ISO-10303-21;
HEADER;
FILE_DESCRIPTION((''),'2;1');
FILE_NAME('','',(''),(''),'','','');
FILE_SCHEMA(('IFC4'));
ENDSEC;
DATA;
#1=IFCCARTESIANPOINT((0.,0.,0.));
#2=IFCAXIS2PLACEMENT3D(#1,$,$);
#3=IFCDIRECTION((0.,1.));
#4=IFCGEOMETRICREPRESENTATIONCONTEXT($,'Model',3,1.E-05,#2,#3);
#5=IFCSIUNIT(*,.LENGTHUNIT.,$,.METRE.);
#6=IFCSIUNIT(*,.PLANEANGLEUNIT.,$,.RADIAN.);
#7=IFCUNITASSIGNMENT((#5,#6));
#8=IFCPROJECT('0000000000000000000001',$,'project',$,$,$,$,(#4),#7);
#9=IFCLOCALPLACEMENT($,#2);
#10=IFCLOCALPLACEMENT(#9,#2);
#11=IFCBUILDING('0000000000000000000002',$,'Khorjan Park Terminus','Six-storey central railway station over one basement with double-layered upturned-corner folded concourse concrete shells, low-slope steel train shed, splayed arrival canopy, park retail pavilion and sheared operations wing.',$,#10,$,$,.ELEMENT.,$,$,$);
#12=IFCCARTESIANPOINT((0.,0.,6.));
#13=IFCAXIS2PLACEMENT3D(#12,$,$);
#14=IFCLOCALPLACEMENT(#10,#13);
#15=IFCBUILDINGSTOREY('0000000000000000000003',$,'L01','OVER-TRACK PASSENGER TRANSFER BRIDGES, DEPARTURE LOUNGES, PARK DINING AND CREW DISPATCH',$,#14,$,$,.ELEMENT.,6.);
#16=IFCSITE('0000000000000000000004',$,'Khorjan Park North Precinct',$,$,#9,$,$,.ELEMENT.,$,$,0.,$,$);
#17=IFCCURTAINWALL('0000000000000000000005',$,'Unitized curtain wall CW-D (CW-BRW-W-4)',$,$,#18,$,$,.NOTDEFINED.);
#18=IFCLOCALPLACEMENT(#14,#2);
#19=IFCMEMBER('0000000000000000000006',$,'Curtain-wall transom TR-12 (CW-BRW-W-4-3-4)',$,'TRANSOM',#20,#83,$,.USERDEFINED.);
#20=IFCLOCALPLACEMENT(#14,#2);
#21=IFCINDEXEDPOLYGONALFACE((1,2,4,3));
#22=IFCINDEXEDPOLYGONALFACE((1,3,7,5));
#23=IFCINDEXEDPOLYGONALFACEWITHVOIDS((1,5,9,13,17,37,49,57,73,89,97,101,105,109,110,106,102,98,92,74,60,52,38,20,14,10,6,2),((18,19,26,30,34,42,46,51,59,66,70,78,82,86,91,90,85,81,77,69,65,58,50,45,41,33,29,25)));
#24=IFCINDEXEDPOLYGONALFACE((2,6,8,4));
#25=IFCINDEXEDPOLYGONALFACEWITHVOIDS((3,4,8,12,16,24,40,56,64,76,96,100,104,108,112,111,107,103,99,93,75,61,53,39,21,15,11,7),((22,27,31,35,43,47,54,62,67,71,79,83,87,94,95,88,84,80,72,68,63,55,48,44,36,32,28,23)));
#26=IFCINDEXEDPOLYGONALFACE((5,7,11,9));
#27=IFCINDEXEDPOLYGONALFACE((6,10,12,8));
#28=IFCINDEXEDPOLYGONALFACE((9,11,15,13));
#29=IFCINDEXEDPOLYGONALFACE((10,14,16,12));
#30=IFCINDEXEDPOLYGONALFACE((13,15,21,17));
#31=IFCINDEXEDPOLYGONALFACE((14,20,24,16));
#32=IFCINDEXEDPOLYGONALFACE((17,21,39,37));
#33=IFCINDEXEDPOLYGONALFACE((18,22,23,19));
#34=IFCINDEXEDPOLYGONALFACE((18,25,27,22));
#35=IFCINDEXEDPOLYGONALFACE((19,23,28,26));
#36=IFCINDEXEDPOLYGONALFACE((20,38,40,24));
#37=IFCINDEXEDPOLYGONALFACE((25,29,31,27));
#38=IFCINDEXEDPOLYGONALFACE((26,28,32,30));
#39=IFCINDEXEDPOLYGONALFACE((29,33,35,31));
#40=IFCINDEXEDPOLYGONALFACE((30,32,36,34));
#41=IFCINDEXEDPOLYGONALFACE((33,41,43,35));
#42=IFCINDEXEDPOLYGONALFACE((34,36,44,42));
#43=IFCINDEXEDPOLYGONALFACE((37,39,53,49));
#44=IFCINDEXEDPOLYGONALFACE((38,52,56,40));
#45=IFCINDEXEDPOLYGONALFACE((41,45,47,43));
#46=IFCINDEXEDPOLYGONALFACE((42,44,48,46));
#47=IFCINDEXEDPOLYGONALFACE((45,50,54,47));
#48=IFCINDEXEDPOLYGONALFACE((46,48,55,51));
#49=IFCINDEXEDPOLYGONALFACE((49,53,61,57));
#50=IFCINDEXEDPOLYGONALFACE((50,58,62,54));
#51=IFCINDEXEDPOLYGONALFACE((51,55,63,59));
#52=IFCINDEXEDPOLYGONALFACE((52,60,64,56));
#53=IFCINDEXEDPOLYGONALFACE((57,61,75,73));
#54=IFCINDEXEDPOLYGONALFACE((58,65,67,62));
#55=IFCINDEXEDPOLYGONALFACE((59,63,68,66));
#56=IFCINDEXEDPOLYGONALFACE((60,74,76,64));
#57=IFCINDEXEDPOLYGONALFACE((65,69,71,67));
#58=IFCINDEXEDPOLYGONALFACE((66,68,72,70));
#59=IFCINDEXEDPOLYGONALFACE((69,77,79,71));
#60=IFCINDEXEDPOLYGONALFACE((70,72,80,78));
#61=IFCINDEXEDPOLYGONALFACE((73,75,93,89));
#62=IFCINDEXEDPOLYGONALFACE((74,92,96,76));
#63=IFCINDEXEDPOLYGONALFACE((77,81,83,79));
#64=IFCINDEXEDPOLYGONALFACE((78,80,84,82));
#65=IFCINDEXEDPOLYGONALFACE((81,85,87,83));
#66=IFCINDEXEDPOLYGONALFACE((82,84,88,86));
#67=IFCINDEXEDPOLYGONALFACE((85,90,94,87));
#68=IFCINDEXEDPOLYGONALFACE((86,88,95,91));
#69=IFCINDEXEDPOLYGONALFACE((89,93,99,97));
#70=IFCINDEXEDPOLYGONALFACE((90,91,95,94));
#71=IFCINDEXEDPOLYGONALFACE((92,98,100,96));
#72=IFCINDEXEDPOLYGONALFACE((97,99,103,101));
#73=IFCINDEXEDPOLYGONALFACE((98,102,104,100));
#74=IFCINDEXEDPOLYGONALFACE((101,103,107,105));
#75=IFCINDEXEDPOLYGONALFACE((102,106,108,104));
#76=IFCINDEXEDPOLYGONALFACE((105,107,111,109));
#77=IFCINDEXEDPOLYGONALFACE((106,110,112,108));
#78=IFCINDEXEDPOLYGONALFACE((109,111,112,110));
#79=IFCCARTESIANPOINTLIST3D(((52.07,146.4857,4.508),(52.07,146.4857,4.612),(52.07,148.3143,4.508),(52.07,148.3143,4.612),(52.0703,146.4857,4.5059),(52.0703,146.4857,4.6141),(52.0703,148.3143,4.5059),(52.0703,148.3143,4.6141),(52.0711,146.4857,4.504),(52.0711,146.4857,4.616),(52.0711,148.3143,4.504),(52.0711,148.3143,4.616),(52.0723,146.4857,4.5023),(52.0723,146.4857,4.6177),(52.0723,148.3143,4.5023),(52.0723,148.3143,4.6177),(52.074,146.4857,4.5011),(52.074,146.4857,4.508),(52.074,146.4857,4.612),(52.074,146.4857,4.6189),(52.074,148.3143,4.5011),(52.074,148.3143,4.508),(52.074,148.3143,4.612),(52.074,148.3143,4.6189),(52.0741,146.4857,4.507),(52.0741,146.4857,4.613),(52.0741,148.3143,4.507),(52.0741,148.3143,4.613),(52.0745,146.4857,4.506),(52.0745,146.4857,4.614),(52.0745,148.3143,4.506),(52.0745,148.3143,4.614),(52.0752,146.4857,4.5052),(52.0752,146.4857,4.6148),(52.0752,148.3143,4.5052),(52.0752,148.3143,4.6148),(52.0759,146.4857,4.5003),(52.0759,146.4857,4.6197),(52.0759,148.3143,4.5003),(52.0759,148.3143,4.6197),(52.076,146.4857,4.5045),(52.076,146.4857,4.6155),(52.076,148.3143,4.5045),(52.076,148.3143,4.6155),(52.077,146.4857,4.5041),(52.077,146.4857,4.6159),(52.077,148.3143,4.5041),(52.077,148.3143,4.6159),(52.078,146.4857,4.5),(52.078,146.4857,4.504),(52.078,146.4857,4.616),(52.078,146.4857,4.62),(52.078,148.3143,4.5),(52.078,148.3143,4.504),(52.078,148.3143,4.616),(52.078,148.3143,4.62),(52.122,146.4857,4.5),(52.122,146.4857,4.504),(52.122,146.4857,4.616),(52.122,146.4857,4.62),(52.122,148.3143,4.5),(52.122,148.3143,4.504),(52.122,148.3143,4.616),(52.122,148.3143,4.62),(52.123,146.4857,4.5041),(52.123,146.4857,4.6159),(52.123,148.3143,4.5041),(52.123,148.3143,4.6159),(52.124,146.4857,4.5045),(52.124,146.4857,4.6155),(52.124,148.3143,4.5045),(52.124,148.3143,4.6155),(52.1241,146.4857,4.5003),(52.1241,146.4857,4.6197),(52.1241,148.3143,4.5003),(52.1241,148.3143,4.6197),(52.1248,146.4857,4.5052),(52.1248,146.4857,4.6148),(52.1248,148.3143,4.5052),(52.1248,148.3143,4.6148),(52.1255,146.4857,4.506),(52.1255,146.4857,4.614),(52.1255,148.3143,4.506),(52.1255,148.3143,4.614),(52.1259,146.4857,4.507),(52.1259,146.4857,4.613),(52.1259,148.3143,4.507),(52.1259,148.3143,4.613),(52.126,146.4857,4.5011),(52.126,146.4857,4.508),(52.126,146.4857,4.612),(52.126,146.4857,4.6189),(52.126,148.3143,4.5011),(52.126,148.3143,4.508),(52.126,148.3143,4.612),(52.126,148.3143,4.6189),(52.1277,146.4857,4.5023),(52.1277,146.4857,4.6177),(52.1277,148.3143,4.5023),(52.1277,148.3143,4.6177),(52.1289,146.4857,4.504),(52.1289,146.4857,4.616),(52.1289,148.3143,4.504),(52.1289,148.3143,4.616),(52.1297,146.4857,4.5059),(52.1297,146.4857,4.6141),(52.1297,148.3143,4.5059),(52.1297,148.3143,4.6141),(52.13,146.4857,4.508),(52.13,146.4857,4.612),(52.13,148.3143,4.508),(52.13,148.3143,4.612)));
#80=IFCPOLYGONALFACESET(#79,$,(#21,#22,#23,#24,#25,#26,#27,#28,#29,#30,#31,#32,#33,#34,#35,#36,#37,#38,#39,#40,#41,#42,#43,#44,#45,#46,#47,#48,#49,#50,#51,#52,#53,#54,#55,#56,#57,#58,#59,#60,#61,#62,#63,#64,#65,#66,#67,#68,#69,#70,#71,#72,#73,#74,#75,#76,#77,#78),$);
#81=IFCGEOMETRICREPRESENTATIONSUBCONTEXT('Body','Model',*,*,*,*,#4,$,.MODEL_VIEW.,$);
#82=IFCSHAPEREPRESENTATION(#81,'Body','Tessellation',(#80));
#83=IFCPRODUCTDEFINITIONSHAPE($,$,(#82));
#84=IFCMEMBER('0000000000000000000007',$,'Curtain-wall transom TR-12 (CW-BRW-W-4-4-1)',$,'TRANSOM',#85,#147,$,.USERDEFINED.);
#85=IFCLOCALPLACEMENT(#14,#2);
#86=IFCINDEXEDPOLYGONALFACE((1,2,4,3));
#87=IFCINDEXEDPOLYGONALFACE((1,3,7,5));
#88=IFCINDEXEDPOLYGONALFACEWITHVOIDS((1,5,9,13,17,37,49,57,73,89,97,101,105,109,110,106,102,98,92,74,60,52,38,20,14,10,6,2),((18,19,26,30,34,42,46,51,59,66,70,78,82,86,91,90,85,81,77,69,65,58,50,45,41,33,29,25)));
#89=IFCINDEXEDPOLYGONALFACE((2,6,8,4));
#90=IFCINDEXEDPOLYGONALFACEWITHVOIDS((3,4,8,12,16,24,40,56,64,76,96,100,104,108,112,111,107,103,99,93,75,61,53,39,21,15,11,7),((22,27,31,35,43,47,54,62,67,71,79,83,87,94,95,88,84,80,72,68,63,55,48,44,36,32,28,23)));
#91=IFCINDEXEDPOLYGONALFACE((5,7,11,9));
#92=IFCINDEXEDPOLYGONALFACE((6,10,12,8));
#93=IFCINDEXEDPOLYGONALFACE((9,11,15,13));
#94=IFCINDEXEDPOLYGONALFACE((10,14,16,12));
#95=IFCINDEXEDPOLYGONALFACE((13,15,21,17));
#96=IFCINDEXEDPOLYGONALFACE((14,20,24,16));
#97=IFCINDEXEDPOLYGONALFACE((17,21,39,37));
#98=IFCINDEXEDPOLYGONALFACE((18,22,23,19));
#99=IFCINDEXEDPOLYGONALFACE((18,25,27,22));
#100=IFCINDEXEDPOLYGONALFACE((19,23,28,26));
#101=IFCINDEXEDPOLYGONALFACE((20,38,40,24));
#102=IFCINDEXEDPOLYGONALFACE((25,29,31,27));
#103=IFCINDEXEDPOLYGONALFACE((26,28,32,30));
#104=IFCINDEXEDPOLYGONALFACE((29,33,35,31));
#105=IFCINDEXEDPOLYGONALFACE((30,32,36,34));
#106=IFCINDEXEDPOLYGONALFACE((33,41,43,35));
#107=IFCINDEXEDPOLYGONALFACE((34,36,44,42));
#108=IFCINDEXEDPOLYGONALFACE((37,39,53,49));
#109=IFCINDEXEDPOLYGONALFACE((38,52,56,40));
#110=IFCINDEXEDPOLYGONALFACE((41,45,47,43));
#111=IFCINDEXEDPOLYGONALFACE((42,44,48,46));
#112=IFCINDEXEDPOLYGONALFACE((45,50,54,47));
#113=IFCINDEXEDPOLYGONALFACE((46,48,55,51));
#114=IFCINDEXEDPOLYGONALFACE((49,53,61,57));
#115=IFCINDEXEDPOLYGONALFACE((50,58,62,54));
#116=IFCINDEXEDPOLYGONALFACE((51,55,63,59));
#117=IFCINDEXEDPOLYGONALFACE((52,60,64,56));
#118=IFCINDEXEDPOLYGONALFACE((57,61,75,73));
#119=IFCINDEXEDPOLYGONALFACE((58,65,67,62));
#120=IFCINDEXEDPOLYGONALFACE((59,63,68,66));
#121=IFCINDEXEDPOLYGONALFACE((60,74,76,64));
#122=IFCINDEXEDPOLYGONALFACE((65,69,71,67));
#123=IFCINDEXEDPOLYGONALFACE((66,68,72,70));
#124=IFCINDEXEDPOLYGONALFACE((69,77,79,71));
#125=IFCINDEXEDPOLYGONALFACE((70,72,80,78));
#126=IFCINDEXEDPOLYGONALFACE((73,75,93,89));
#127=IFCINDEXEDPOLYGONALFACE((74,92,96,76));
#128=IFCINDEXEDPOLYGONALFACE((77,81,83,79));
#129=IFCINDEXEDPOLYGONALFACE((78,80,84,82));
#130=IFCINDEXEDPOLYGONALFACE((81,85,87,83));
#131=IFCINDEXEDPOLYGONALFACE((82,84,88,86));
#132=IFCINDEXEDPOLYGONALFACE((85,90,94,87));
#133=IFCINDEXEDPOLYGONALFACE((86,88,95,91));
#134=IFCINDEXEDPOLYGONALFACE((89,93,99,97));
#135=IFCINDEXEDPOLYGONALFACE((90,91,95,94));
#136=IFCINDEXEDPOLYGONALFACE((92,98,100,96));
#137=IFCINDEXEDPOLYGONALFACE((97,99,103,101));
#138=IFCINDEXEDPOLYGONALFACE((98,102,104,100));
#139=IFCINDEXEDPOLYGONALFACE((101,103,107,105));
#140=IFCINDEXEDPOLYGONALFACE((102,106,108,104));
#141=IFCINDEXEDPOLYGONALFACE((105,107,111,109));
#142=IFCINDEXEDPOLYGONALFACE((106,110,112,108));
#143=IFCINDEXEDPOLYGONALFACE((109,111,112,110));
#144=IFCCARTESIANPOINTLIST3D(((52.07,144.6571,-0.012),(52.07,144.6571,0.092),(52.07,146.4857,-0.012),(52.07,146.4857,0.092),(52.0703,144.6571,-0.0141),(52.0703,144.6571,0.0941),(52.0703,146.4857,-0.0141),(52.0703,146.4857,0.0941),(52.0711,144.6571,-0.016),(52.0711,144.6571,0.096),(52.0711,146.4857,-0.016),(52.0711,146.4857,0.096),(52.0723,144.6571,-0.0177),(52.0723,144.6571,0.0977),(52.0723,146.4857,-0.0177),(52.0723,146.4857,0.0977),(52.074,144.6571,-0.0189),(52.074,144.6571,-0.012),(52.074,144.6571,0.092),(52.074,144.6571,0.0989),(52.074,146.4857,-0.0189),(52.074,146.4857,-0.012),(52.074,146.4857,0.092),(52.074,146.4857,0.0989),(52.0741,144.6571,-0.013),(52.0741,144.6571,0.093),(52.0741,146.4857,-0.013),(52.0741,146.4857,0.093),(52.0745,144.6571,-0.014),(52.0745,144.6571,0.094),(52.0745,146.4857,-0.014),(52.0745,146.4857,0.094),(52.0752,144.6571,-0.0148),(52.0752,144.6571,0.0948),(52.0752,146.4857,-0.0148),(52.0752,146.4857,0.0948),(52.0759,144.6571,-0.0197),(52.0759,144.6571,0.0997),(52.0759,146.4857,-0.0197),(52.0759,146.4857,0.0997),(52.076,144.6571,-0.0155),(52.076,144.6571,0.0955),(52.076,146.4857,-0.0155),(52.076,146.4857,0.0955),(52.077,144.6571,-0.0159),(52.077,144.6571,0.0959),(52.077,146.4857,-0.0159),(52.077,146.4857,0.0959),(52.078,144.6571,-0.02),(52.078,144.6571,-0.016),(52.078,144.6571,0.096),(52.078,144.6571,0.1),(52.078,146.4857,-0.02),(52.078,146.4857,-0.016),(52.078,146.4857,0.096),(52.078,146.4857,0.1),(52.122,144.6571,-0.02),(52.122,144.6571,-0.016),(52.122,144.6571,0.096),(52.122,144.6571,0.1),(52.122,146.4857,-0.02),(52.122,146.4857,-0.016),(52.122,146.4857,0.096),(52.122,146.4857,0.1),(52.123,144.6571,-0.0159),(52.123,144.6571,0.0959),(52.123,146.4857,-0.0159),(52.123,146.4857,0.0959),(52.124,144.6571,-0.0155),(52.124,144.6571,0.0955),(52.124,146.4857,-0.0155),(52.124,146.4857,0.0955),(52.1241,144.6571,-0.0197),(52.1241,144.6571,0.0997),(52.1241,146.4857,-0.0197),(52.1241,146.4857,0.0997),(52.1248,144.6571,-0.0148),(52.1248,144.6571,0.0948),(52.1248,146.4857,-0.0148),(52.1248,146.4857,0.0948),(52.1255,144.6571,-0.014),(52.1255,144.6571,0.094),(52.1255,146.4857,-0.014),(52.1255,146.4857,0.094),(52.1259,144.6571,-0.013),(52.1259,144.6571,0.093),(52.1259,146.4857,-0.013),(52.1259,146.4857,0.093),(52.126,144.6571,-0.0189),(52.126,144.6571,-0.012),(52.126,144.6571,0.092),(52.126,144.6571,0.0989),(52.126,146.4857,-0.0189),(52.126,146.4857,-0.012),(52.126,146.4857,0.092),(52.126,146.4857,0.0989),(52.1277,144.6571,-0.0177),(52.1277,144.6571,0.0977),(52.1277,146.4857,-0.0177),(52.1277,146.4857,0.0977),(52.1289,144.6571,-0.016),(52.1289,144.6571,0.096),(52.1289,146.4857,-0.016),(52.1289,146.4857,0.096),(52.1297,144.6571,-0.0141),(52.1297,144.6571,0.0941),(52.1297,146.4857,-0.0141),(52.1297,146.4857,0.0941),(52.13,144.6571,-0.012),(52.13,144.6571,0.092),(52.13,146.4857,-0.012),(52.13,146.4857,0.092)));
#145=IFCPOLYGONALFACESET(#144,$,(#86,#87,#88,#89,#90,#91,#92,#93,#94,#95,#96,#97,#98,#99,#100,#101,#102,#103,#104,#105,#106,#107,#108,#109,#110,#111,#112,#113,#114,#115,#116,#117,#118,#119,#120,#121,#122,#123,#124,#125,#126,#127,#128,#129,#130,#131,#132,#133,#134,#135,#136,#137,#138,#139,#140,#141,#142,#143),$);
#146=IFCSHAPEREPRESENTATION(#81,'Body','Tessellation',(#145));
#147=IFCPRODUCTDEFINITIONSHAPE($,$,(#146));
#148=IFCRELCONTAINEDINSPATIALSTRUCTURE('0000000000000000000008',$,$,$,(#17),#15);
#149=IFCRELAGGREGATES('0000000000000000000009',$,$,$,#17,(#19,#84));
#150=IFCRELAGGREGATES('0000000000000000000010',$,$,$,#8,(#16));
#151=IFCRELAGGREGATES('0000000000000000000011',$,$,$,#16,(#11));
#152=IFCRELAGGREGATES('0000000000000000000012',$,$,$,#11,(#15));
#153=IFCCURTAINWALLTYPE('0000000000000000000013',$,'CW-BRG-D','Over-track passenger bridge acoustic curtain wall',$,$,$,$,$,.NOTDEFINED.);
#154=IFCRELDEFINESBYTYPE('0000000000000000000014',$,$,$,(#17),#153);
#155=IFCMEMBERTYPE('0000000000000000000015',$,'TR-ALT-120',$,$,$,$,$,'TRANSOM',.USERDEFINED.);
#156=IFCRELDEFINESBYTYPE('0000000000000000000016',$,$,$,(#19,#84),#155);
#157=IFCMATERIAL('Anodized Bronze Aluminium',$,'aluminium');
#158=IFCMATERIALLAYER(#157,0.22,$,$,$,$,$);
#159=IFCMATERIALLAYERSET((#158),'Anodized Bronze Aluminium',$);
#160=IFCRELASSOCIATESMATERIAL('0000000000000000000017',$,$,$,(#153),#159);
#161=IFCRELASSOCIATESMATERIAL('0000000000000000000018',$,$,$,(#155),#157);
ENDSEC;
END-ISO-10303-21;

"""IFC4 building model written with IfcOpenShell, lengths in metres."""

from ifc_helpers import new_model, si_unit, direction, frame, origin, origin_2d, place, context, subcontext, project, spatial, hollow_rectangle, extrude, material, layer, layer_set, material_profile, profile_set, type_object, element, aggregate, save


model = new_model("IFC4")

# Units and contexts
model_context = context("Model", 3, precision=1e-05, world=origin(), true_north=direction((0.0, 1.0)))
body_context = subcontext(model_context, "Body", "Model", "MODEL_VIEW")
ifc_project = project(units=[si_unit("LENGTHUNIT", "METRE"), si_unit("PLANEANGLEUNIT", "RADIAN")], contexts=[model_context])

# Site, building, storey
site_placement = place(None, origin())
site = spatial("IfcSite", under=ifc_project, at=site_placement, Name="Khorjan Park North Precinct", CompositionType="ELEMENT", RefElevation=0.0)
building_placement = place(site_placement, origin())
building = spatial("IfcBuilding", under=site, at=building_placement, Name="Khorjan Park Terminus", Description="Six-storey central railway station over one basement with double-layered upturned-corner folded concourse concrete shells, low-slope steel train shed, splayed arrival canopy, park retail pavilion and sheared operations wing.", CompositionType="ELEMENT")
storey_placement = place(building_placement, frame((0.0, 0.0, 6.0)))
storey = spatial("IfcBuildingStorey", under=building, at=storey_placement, Name="L01", Description="OVER-TRACK PASSENGER TRANSFER BRIDGES, DEPARTURE LOUNGES, PARK DINING AND CREW DISPATCH", CompositionType="ELEMENT", Elevation=6.0)

# Curtain wall, members
ifc_material_1 = material(Name="Anodized Bronze Aluminium", Category="aluminium")
ifc_layer_1 = layer(ifc_material_1, 0.22)
ifc_layer_set_1 = layer_set([ifc_layer_1], Name="Anodized Bronze Aluminium")
curtain_wall_type = type_object("IfcCurtainWallType", Name="CW-BRG-D", Description="Over-track passenger bridge acoustic curtain wall", PredefinedType="NOTDEFINED", material=ifc_layer_set_1)
curtain_wall_placement = place(storey_placement, origin())
curtain_wall = element("IfcCurtainWall", 1, at=curtain_wall_placement, inside=storey, type_object=curtain_wall_type, Name="Unitized curtain wall CW-D (CW-BRW-W-4)", PredefinedType="NOTDEFINED")
ifc_material_profile_1 = material_profile(ifc_material_1, hollow_rectangle(XDim=0.06, YDim=0.12, WallThickness=0.004, InnerFilletRadius=0.004, OuterFilletRadius=0.008, at=origin_2d()), Name="ALT 60x120x4")
ifc_profile_set_1 = profile_set([ifc_material_profile_1], Name="Anodized Bronze Aluminium")
member_type_1 = type_object("IfcMemberType", Name="TR-ALT-120", ElementType="TRANSOM", PredefinedType="USERDEFINED", material=ifc_profile_set_1)
member_1_placement = place(storey_placement, frame((52.1, 148.3143, 4.56), z_axis=(0.0, -1.0, 0.0), x_axis=(1.0, 0.0, 0.0)))
member_1 = element("IfcMember", 2, at=member_1_placement, type_object=member_type_1, Name="Curtain-wall transom TR-12 (CW-BRW-W-4-3-4)", ObjectType="TRANSOM", PredefinedType="USERDEFINED", context=body_context, shape_type="SweptSolid", body=[
    extrude(hollow_rectangle(XDim=0.06, YDim=0.12, WallThickness=0.004, InnerFilletRadius=0.004, OuterFilletRadius=0.008, at=origin_2d()), origin(), (0.0, 0.0, 1.0), 1.8286),
])
member_2_placement = place(storey_placement, frame((52.1, 146.4857, 0.04), z_axis=(0.0, -1.0, 0.0), x_axis=(1.0, 0.0, 0.0)))
member_2 = element("IfcMember", 3, at=member_2_placement, type_object=member_type_1, Name="Curtain-wall transom TR-12 (CW-BRW-W-4-4-1)", ObjectType="TRANSOM", PredefinedType="USERDEFINED", context=body_context, shape_type="SweptSolid", body=[
    extrude(hollow_rectangle(XDim=0.06, YDim=0.12, WallThickness=0.004, InnerFilletRadius=0.004, OuterFilletRadius=0.008, at=origin_2d()), origin(), (0.0, 0.0, 1.0), 1.8286),
])
aggregate(curtain_wall, [member_1, member_2])

save(model, "model.ifc")
